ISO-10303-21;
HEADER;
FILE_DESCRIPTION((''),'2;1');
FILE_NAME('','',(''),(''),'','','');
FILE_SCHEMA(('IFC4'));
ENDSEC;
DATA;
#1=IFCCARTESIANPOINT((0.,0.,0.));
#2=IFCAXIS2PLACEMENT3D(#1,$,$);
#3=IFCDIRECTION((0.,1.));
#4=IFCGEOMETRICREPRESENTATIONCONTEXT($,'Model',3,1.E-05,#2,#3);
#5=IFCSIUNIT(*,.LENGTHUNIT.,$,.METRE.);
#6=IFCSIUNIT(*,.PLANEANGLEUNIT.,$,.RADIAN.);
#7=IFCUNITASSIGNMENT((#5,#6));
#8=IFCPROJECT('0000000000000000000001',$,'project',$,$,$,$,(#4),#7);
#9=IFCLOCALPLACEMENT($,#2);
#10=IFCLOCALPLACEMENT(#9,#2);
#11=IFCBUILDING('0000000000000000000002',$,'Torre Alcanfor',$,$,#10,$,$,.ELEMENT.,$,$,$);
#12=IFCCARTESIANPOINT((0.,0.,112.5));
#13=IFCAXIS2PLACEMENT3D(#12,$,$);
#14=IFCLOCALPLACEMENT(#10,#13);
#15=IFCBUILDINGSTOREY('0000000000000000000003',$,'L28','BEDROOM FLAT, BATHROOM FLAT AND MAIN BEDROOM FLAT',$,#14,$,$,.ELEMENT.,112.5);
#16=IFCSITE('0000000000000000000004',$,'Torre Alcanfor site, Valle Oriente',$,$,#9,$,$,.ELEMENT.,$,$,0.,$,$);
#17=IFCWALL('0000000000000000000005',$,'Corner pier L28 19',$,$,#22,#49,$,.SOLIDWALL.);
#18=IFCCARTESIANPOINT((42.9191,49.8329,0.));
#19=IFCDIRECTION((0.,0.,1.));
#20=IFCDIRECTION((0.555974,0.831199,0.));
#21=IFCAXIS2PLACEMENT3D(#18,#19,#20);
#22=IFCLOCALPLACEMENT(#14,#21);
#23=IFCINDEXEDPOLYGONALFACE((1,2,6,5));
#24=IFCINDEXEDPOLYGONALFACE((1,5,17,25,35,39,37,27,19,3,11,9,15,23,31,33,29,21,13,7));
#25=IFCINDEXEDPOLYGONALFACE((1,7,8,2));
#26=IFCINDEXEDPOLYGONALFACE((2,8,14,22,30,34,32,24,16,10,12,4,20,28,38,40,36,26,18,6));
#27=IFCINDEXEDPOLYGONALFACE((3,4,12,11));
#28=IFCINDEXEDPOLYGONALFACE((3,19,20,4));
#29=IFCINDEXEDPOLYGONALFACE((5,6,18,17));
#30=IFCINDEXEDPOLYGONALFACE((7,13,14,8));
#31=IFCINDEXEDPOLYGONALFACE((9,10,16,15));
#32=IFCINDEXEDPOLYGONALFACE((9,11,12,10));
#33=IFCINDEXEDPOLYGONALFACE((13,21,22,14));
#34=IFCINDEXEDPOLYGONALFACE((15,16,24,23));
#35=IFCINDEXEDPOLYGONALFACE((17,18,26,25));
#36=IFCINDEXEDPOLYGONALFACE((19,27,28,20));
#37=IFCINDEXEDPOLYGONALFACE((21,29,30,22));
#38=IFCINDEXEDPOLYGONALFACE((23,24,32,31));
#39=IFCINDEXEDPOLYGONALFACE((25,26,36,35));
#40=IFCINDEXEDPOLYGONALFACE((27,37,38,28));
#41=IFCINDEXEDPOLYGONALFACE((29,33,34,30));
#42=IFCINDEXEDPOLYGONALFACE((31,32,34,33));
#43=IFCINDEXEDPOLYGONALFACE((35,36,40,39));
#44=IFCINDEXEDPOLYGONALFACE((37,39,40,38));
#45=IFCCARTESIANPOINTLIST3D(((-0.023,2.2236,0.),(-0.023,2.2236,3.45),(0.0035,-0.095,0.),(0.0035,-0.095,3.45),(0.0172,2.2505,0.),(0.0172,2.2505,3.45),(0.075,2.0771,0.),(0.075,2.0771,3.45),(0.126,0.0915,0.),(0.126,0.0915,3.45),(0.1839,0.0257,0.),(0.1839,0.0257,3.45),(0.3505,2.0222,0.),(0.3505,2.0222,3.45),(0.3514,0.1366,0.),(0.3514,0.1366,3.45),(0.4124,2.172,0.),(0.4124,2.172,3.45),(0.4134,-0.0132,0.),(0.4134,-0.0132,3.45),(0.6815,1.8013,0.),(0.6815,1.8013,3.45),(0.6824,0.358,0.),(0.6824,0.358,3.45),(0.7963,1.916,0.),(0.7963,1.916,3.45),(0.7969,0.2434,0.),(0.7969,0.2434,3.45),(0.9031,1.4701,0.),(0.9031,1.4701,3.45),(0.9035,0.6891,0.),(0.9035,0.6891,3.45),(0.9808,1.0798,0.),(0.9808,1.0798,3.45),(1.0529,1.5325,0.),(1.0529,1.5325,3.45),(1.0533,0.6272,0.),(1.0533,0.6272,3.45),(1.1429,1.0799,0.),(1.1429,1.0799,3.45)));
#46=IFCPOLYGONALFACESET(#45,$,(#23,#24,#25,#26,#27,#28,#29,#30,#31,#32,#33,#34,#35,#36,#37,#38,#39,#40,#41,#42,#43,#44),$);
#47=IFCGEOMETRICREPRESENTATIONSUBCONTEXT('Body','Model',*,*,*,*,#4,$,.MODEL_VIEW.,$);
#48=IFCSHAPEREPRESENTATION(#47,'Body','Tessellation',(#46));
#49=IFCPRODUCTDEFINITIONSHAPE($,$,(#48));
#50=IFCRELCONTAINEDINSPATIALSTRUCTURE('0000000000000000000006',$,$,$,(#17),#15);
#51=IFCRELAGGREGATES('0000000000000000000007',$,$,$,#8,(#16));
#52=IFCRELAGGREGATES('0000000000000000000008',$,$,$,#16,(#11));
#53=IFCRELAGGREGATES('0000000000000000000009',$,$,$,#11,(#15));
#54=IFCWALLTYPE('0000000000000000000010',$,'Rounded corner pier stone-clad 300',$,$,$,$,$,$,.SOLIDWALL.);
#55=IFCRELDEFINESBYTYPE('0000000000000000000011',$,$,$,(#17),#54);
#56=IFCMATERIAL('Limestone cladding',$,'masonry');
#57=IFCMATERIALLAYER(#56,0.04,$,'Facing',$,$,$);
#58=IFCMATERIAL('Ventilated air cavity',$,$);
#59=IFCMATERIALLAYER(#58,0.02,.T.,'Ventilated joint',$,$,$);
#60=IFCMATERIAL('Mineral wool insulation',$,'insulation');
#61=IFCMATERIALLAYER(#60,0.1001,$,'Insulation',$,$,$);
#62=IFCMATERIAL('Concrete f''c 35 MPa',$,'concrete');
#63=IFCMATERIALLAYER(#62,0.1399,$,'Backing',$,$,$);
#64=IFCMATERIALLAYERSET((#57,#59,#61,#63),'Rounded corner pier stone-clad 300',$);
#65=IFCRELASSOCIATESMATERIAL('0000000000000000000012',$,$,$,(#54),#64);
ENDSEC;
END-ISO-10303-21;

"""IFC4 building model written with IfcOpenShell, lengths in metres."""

from ifc_helpers import new_model, si_unit, direction, frame, origin, place, context, subcontext, project, spatial, polyline, outline, extrude, material, layer, layer_set, type_object, element, save


model = new_model("IFC4")

# Units and contexts
model_context = context("Model", 3, precision=1e-05, world=origin(), true_north=direction((0.0, 1.0)))
body_context = subcontext(model_context, "Body", "Model", "MODEL_VIEW")
ifc_project = project(units=[si_unit("LENGTHUNIT", "METRE"), si_unit("PLANEANGLEUNIT", "RADIAN")], contexts=[model_context])

# Site, building, storey
site_placement = place(None, origin())
site = spatial("IfcSite", under=ifc_project, at=site_placement, Name="Torre Alcanfor site, Valle Oriente", CompositionType="ELEMENT", RefElevation=0.0)
building_placement = place(site_placement, origin())
building = spatial("IfcBuilding", under=site, at=building_placement, Name="Torre Alcanfor", CompositionType="ELEMENT")
storey_placement = place(building_placement, frame((0.0, 0.0, 112.5)))
storey = spatial("IfcBuildingStorey", under=building, at=storey_placement, Name="L28", Description="BEDROOM FLAT, BATHROOM FLAT AND MAIN BEDROOM FLAT", CompositionType="ELEMENT", Elevation=112.5)

# Wall
ifc_material_1 = material(Name="Limestone cladding", Category="masonry")
ifc_layer_1 = layer(ifc_material_1, 0.04, Name="Facing")
ifc_material_2 = material(Name="Ventilated air cavity")
ifc_layer_2 = layer(ifc_material_2, 0.02, ventilated=True, Name="Ventilated joint")
ifc_material_3 = material(Name="Mineral wool insulation", Category="insulation")
ifc_layer_3 = layer(ifc_material_3, 0.1001, Name="Insulation")
ifc_material_4 = material(Name="Concrete f'c 35 MPa", Category="concrete")
ifc_layer_4 = layer(ifc_material_4, 0.1399, Name="Backing")
ifc_layer_set_1 = layer_set([ifc_layer_1, ifc_layer_2, ifc_layer_3, ifc_layer_4], Name="Rounded corner pier stone-clad 300")
wall_type_1 = type_object("IfcWallType", Name="Rounded corner pier stone-clad 300", PredefinedType="SOLIDWALL", material=ifc_layer_set_1)
wall_1_placement = place(storey_placement, frame((42.9191, 49.8329, 0.0), z_axis=(0.0, 0.0, 1.0), x_axis=(0.555974, 0.831199, 0.0)))
element("IfcWall", 1, at=wall_1_placement, inside=storey, type_object=wall_type_1, Name="Corner pier L28 19", PredefinedType="SOLIDWALL", context=body_context, shape_type="SweptSolid", body=[
    extrude(outline(polyline([(0.4134, -0.0132), (0.7969, 0.2434), (1.0533, 0.6272), (1.1429, 1.0799), (1.0529, 1.5325), (0.7963, 1.916), (0.4124, 2.172), (0.0172, 2.2505), (-0.023, 2.2236), (0.075, 2.0771), (0.3505, 2.0222), (0.6815, 1.8013), (0.9031, 1.4701), (0.9808, 1.0798), (0.9035, 0.6891), (0.6824, 0.358), (0.3514, 0.1366), (0.126, 0.0915), (0.1839, 0.0257), (0.0035, -0.095), (0.4134, -0.0132)])), origin(), (0.0, 0.0, 1.0), 3.45),
])

save(model, "model.ifc")
